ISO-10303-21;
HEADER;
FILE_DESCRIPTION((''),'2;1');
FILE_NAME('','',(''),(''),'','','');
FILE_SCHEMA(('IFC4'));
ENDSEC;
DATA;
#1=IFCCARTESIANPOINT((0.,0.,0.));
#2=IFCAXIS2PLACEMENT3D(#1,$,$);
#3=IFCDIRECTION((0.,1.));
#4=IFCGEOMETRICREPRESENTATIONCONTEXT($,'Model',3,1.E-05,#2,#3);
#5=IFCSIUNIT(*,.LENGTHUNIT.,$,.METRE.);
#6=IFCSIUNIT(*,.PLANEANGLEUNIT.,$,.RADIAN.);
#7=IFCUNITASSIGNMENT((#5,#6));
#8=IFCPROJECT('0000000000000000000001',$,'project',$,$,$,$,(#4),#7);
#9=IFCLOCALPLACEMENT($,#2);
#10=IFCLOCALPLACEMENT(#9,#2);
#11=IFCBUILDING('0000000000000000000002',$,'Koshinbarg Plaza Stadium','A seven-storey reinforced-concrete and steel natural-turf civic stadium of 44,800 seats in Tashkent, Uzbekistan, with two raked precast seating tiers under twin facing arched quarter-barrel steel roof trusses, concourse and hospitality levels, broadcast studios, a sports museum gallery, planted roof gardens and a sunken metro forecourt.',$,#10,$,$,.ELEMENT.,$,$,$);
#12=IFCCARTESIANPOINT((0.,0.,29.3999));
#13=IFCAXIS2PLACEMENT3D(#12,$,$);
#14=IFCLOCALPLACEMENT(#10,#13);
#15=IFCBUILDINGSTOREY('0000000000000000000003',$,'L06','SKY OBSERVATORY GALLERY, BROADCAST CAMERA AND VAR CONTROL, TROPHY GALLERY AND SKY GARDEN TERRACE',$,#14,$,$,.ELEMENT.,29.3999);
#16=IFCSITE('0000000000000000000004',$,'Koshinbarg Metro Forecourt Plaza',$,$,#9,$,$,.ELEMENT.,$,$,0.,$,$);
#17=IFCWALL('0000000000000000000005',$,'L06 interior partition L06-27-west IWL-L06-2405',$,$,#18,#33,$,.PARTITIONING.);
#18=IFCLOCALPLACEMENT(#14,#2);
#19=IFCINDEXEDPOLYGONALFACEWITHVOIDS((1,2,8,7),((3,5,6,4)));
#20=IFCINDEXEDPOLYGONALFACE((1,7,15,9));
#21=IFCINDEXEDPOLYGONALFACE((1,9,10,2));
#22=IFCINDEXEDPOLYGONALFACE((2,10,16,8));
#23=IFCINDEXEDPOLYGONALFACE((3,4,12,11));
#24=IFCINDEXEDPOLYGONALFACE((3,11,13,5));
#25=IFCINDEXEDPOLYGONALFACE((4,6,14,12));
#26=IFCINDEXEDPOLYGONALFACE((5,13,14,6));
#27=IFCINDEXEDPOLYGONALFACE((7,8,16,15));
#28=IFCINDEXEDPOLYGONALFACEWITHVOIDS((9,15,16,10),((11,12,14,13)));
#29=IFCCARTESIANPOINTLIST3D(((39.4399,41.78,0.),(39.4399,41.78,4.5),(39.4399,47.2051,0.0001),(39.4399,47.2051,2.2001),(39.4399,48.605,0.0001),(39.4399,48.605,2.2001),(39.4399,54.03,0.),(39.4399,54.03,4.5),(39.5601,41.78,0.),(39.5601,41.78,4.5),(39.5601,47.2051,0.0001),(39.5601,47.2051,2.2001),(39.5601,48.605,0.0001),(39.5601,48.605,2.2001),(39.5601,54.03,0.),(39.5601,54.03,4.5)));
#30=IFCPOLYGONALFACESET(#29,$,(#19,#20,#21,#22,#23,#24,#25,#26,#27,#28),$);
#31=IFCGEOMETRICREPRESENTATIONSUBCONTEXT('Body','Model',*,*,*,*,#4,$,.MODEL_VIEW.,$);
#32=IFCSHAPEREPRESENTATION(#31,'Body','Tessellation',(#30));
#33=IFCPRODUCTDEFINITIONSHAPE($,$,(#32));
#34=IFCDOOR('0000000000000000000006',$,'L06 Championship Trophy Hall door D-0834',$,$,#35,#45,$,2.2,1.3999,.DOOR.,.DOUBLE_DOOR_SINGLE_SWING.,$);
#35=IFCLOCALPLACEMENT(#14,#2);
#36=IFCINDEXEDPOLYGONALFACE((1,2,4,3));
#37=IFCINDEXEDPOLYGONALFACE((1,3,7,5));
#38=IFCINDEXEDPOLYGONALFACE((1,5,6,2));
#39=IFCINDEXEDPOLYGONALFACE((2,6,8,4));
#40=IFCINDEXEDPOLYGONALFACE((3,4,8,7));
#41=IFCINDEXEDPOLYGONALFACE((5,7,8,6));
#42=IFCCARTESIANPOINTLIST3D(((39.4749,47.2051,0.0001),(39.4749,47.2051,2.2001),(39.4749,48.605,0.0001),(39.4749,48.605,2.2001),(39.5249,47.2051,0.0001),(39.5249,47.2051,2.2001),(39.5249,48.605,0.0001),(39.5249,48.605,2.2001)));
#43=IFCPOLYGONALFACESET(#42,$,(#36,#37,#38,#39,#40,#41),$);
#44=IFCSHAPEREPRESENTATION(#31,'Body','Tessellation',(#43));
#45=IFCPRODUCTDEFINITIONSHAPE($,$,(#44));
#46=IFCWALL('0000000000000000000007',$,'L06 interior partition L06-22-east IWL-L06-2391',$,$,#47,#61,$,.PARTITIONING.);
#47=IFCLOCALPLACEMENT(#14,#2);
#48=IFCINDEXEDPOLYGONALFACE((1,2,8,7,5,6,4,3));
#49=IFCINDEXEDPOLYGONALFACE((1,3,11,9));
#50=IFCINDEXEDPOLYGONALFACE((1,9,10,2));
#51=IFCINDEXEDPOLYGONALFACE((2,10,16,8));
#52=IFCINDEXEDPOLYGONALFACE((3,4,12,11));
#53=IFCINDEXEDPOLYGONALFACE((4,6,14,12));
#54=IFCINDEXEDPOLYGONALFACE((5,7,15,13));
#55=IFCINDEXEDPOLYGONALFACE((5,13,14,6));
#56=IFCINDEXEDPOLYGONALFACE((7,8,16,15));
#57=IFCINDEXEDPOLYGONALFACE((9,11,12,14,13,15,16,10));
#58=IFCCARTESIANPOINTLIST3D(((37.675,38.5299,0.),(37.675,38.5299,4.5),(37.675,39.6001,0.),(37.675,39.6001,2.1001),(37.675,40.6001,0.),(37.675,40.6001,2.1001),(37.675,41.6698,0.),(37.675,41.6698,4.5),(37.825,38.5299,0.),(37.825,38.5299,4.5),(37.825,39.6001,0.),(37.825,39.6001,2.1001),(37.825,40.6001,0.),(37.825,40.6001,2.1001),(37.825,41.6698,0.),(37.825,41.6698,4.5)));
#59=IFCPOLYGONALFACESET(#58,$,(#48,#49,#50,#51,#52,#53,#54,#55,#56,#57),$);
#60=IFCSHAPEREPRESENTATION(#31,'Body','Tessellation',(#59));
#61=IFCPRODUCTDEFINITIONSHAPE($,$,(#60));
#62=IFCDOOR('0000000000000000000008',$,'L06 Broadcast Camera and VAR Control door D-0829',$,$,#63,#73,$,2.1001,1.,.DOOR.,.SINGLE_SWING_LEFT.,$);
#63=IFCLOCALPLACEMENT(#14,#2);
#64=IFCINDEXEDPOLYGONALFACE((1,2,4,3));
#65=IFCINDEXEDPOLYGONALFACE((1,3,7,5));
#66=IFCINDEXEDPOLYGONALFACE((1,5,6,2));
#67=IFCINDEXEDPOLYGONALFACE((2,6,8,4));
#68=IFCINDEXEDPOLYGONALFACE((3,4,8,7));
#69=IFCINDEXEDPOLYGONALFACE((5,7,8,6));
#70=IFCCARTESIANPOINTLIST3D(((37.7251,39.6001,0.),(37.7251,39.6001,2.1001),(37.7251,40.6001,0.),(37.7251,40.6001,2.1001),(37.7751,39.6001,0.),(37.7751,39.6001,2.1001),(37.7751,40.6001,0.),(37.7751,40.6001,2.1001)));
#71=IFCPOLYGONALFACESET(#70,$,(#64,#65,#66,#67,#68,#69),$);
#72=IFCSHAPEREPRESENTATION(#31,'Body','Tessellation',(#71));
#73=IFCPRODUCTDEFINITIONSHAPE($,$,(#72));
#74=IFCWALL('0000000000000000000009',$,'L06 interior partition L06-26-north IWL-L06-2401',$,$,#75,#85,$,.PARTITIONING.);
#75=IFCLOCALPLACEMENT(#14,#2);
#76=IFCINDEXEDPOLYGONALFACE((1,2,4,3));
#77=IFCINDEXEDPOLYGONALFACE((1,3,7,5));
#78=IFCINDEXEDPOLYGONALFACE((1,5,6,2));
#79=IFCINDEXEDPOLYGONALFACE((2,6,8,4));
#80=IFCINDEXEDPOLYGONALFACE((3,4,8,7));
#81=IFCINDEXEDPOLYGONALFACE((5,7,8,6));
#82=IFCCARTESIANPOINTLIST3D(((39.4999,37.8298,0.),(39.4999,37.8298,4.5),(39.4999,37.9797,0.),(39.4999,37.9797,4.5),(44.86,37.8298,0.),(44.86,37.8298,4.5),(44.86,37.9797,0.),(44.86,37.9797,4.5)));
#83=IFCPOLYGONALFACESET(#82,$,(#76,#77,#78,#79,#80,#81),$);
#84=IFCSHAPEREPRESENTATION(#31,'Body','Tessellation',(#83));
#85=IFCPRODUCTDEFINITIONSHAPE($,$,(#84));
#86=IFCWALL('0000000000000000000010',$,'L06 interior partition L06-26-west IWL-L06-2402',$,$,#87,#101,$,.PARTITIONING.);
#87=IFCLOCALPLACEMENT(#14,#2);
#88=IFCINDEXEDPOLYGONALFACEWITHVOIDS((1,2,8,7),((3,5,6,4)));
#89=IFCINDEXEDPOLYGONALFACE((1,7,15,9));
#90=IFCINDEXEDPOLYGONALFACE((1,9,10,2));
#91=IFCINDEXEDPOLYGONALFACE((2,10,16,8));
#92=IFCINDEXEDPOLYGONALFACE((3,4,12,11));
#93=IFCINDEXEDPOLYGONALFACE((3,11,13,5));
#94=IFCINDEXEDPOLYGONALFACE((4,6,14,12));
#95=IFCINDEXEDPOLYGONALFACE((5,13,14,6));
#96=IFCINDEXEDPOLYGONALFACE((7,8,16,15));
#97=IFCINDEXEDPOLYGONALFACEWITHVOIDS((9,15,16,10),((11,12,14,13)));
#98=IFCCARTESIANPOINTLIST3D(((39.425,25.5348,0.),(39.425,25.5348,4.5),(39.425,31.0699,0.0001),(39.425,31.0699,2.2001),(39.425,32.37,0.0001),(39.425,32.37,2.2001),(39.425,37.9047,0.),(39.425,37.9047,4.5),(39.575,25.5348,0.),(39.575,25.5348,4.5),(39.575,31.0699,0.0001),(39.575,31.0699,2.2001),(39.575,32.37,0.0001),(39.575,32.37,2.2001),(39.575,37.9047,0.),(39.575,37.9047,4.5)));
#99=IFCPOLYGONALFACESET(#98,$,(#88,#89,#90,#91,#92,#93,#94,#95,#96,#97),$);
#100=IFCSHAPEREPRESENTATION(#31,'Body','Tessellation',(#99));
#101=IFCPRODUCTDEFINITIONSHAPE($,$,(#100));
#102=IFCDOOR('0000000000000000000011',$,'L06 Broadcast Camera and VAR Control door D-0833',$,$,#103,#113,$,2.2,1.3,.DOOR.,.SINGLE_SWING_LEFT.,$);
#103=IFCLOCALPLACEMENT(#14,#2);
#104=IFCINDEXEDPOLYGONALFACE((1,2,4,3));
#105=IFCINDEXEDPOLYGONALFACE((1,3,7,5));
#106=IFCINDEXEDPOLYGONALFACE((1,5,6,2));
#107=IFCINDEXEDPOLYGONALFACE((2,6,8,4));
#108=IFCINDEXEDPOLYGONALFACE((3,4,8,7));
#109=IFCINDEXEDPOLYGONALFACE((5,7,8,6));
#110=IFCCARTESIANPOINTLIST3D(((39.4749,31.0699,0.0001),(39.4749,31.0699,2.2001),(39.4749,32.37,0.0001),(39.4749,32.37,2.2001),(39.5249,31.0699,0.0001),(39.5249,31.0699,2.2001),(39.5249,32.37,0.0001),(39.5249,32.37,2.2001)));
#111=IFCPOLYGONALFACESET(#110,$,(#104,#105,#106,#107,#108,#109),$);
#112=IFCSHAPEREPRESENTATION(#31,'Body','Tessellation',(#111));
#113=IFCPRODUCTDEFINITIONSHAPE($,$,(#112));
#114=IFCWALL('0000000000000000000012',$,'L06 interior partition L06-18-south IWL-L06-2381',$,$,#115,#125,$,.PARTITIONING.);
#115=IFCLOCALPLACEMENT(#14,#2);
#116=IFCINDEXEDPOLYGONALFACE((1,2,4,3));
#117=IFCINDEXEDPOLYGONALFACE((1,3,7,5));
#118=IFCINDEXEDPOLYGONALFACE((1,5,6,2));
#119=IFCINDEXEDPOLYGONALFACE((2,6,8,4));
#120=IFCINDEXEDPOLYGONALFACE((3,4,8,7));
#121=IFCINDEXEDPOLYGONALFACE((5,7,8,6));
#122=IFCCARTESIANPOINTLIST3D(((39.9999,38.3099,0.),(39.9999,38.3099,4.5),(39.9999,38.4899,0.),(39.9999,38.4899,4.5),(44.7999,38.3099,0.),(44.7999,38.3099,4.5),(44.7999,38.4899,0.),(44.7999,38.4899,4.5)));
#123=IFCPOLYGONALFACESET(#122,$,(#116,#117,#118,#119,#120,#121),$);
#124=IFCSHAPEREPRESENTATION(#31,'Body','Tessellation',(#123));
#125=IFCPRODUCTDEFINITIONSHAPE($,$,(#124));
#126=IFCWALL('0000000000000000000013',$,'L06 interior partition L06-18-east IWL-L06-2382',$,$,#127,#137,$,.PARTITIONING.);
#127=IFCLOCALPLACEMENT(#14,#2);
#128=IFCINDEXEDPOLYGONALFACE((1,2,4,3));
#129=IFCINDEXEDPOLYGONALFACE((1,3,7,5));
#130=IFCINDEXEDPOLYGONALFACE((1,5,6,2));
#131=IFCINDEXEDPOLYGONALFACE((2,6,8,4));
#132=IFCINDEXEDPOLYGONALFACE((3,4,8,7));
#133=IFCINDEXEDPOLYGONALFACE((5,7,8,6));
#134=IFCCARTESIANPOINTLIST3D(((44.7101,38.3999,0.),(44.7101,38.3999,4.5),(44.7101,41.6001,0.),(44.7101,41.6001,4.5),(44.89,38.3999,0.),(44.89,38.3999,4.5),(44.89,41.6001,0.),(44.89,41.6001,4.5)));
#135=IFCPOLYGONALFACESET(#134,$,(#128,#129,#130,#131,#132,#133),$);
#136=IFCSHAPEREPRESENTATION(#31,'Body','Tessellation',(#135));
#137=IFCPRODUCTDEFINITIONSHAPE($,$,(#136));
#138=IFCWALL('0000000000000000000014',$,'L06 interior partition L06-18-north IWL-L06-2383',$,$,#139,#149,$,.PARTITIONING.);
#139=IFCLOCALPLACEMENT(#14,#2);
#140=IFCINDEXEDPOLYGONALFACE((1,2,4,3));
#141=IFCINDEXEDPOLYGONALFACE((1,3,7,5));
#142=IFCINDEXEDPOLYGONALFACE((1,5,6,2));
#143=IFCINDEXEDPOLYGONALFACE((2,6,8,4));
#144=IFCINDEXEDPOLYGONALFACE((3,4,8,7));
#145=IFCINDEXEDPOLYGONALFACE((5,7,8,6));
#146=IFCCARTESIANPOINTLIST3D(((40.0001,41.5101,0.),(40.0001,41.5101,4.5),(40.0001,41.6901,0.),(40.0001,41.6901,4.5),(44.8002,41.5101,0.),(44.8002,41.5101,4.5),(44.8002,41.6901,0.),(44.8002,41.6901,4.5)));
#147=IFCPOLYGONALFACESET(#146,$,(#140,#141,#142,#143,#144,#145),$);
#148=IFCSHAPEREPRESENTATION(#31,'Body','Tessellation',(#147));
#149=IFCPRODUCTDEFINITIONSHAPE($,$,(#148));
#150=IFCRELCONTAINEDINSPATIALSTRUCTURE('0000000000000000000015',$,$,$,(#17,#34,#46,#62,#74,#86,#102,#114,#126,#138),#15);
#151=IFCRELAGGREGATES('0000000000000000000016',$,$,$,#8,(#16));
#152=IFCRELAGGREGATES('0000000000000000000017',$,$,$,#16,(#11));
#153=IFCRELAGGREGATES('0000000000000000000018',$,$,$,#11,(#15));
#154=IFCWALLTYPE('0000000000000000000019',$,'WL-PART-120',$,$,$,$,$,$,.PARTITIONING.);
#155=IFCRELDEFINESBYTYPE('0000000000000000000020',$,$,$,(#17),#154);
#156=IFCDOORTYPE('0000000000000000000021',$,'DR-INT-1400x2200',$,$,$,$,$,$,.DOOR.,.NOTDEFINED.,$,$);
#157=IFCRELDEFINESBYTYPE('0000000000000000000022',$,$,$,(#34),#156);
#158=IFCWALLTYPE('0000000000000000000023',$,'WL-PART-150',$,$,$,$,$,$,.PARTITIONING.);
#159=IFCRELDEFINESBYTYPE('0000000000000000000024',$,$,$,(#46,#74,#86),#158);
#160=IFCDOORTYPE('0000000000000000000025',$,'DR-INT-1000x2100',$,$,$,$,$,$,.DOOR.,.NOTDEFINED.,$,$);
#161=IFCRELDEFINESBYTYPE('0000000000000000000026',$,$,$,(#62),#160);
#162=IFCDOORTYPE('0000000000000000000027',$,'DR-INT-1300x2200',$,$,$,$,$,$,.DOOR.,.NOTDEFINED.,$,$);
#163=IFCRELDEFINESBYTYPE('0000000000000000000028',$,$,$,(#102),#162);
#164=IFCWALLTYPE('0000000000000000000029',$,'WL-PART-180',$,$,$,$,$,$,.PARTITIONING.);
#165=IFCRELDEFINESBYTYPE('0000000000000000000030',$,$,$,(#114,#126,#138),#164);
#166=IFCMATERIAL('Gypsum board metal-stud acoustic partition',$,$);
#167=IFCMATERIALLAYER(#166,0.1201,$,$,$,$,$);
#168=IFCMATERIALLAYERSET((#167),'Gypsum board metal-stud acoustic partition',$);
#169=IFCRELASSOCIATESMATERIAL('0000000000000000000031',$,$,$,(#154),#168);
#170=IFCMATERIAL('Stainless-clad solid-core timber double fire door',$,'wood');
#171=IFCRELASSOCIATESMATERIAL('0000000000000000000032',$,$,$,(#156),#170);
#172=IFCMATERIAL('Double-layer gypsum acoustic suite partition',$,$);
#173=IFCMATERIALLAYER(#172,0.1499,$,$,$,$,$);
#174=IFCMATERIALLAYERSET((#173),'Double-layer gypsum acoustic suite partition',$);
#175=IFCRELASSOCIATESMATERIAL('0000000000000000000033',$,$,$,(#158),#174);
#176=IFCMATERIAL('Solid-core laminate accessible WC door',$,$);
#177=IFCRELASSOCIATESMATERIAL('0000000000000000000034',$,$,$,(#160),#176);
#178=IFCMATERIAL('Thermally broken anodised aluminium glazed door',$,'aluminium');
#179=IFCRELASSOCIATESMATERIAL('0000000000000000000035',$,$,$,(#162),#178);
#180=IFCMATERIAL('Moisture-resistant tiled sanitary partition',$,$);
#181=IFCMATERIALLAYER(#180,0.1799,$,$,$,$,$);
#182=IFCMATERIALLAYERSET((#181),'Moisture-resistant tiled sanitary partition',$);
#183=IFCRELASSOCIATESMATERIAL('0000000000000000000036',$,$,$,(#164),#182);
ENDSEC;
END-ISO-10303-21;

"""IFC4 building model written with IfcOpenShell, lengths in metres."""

from ifc_helpers import new_model, si_unit, direction, frame, frame_2d, origin, place, context, subcontext, project, spatial, rectangle, extrude, material, layer, layer_set, type_object, element, fill, save


model = new_model("IFC4")

# Units and contexts
model_context = context("Model", 3, precision=1e-05, world=origin(), true_north=direction((0.0, 1.0)))
body_context = subcontext(model_context, "Body", "Model", "MODEL_VIEW")
ifc_project = project(units=[si_unit("LENGTHUNIT", "METRE"), si_unit("PLANEANGLEUNIT", "RADIAN")], contexts=[model_context])

# Site, building, storey
site_placement = place(None, origin())
site = spatial("IfcSite", under=ifc_project, at=site_placement, Name="Koshinbarg Metro Forecourt Plaza", CompositionType="ELEMENT", RefElevation=0.0)
building_placement = place(site_placement, origin())
building = spatial("IfcBuilding", under=site, at=building_placement, Name="Koshinbarg Plaza Stadium", Description="A seven-storey reinforced-concrete and steel natural-turf civic stadium of 44,800 seats in Tashkent, Uzbekistan, with two raked precast seating tiers under twin facing arched quarter-barrel steel roof trusses, concourse and hospitality levels, broadcast studios, a sports museum gallery, planted roof gardens and a sunken metro forecourt.", CompositionType="ELEMENT")
storey_placement = place(building_placement, frame((0.0, 0.0, 29.3999)))
storey = spatial("IfcBuildingStorey", under=building, at=storey_placement, Name="L06", Description="SKY OBSERVATORY GALLERY, BROADCAST CAMERA AND VAR CONTROL, TROPHY GALLERY AND SKY GARDEN TERRACE", CompositionType="ELEMENT", Elevation=29.3999)

# Shared definitions
ifc_material_1 = material(Name="Gypsum board metal-stud acoustic partition")
ifc_layer_1 = layer(ifc_material_1, 0.1201)
ifc_layer_set_1 = layer_set([ifc_layer_1], Name="Gypsum board metal-stud acoustic partition")
wall_type_1 = type_object("IfcWallType", Name="WL-PART-120", PredefinedType="PARTITIONING", material=ifc_layer_set_1)

# Walls, openings, doors
wall_1_placement = place(storey_placement, frame((39.5, 54.03, 0.0), z_axis=(0.0, 0.0, 1.0), x_axis=(0.0, -1.0, 0.0)))
wall_1 = element("IfcWall", 1, at=wall_1_placement, inside=storey, type_object=wall_type_1, Name="L06 interior partition L06-27-west IWL-L06-2405", PredefinedType="PARTITIONING", context=body_context, shape_type="SweptSolid", body=[
    extrude(rectangle(XDim=12.25, YDim=0.1201, at=frame_2d((6.125, 0.0))), origin(), (0.0, 0.0, 1.0), 4.5),
])
opening_1_placement = place(wall_1_placement, frame((5.425, 0.0, 0.0)))
opening_1 = element("IfcOpeningElement", 2, at=opening_1_placement, cuts=wall_1, PredefinedType="OPENING", context=body_context, shape_type="SweptSolid", body=[
    extrude(rectangle(XDim=1.3999, YDim=2.2, at=frame_2d((0.7, 1.1001))), frame((0.0, 0.0701, 0.0), z_axis=(0.0, -1.0, 0.0), x_axis=(1.0, 0.0, 0.0)), (0.0, 0.0, 1.0), 0.1401),
])
ifc_material_2 = material(Name="Stainless-clad solid-core timber double fire door", Category="wood")
door_type_1 = type_object("IfcDoorType", Name="DR-INT-1400x2200", OperationType="NOTDEFINED", PredefinedType="DOOR", material=ifc_material_2)
door_1_placement = place(opening_1_placement, origin())
door_1 = element("IfcDoor", 3, at=door_1_placement, inside=storey, type_object=door_type_1, Name="L06 Championship Trophy Hall door D-0834", OperationType="DOUBLE_DOOR_SINGLE_SWING", OverallHeight=2.2, OverallWidth=1.3999, PredefinedType="DOOR", context=body_context, shape_type="SweptSolid", body=[
    extrude(rectangle(XDim=1.3999, YDim=2.2, at=frame_2d((0.7, 1.1001))), frame((0.0, 0.0249, 0.0), z_axis=(0.0, -1.0, 0.0), x_axis=(1.0, 0.0, 0.0)), (0.0, 0.0, 1.0), 0.05),
])
fill(opening_1, door_1)
ifc_material_3 = material(Name="Double-layer gypsum acoustic suite partition")
ifc_layer_2 = layer(ifc_material_3, 0.1499)
ifc_layer_set_2 = layer_set([ifc_layer_2], Name="Double-layer gypsum acoustic suite partition")
wall_type_2 = type_object("IfcWallType", Name="WL-PART-150", PredefinedType="PARTITIONING", material=ifc_layer_set_2)
wall_2_placement = place(storey_placement, frame((37.75, 38.53, 0.0), z_axis=(0.0, 0.0, 1.0), x_axis=(0.0, 1.0, 0.0)))
wall_2 = element("IfcWall", 4, at=wall_2_placement, inside=storey, type_object=wall_type_2, Name="L06 interior partition L06-22-east IWL-L06-2391", PredefinedType="PARTITIONING", context=body_context, shape_type="SweptSolid", body=[
    extrude(rectangle(XDim=3.1399, YDim=0.1499, at=frame_2d((1.5698, 0.0))), origin(), (0.0, 0.0, 1.0), 4.5),
])
opening_2_placement = place(wall_2_placement, frame((1.0701, 0.0, 0.0)))
opening_2 = element("IfcOpeningElement", 5, at=opening_2_placement, cuts=wall_2, PredefinedType="OPENING", context=body_context, shape_type="SweptSolid", body=[
    extrude(rectangle(XDim=1.0, YDim=2.1001, at=frame_2d((0.5, 1.05))), frame((0.0, 0.085, 0.0), z_axis=(0.0, -1.0, 0.0), x_axis=(1.0, 0.0, 0.0)), (0.0, 0.0, 1.0), 0.1699),
])
ifc_material_4 = material(Name="Solid-core laminate accessible WC door")
door_type_2 = type_object("IfcDoorType", Name="DR-INT-1000x2100", OperationType="NOTDEFINED", PredefinedType="DOOR", material=ifc_material_4)
door_2_placement = place(opening_2_placement, origin())
door_2 = element("IfcDoor", 6, at=door_2_placement, inside=storey, type_object=door_type_2, Name="L06 Broadcast Camera and VAR Control door D-0829", OperationType="SINGLE_SWING_LEFT", OverallHeight=2.1001, OverallWidth=1.0, PredefinedType="DOOR", context=body_context, shape_type="SweptSolid", body=[
    extrude(rectangle(XDim=1.0, YDim=2.1001, at=frame_2d((0.5, 1.05))), frame((0.0, 0.0249, 0.0), z_axis=(0.0, -1.0, 0.0), x_axis=(1.0, 0.0, 0.0)), (0.0, 0.0, 1.0), 0.05),
])
fill(opening_2, door_2)

# Wall
wall_3_placement = place(storey_placement, frame((44.8601, 37.9048, 0.0), z_axis=(0.0, 0.0, 1.0), x_axis=(-1.0, 0.0, 0.0)))
element("IfcWall", 7, at=wall_3_placement, inside=storey, type_object=wall_type_2, Name="L06 interior partition L06-26-north IWL-L06-2401", PredefinedType="PARTITIONING", context=body_context, shape_type="SweptSolid", body=[
    extrude(rectangle(XDim=5.3601, YDim=0.1499, at=frame_2d((2.6802, 0.0))), origin(), (0.0, 0.0, 1.0), 4.5),
])

# Wall, opening, door
wall_4_placement = place(storey_placement, frame((39.5, 37.9048, 0.0), z_axis=(0.0, 0.0, 1.0), x_axis=(0.0, -1.0, 0.0)))
wall_4 = element("IfcWall", 8, at=wall_4_placement, inside=storey, type_object=wall_type_2, Name="L06 interior partition L06-26-west IWL-L06-2402", PredefinedType="PARTITIONING", context=body_context, shape_type="SweptSolid", body=[
    extrude(rectangle(XDim=12.3699, YDim=0.1499, at=frame_2d((6.1851, 0.0))), origin(), (0.0, 0.0, 1.0), 4.5),
])
opening_3_placement = place(wall_4_placement, frame((5.5349, 0.0, 0.0)))
opening_3 = element("IfcOpeningElement", 9, at=opening_3_placement, cuts=wall_4, PredefinedType="OPENING", context=body_context, shape_type="SweptSolid", body=[
    extrude(rectangle(XDim=1.3, YDim=2.2, at=frame_2d((0.6499, 1.1001))), frame((0.0, 0.085, 0.0), z_axis=(0.0, -1.0, 0.0), x_axis=(1.0, 0.0, 0.0)), (0.0, 0.0, 1.0), 0.1699),
])
ifc_material_5 = material(Name="Thermally broken anodised aluminium glazed door", Category="aluminium")
door_type_3 = type_object("IfcDoorType", Name="DR-INT-1300x2200", OperationType="NOTDEFINED", PredefinedType="DOOR", material=ifc_material_5)
door_3_placement = place(opening_3_placement, origin())
door_3 = element("IfcDoor", 10, at=door_3_placement, inside=storey, type_object=door_type_3, Name="L06 Broadcast Camera and VAR Control door D-0833", OperationType="SINGLE_SWING_LEFT", OverallHeight=2.2, OverallWidth=1.3, PredefinedType="DOOR", context=body_context, shape_type="SweptSolid", body=[
    extrude(rectangle(XDim=1.3, YDim=2.2, at=frame_2d((0.6499, 1.1001))), frame((0.0, 0.0249, 0.0), z_axis=(0.0, -1.0, 0.0), x_axis=(1.0, 0.0, 0.0)), (0.0, 0.0, 1.0), 0.05),
])
fill(opening_3, door_3)

# Walls
ifc_material_6 = material(Name="Moisture-resistant tiled sanitary partition")
ifc_layer_3 = layer(ifc_material_6, 0.1799)
ifc_layer_set_3 = layer_set([ifc_layer_3], Name="Moisture-resistant tiled sanitary partition")
wall_type_3 = type_object("IfcWallType", Name="WL-PART-180", PredefinedType="PARTITIONING", material=ifc_layer_set_3)
wall_5_placement = place(storey_placement, frame((40.0, 38.3999, 0.0), z_axis=(0.0, 0.0, 1.0), x_axis=(1.0, 0.0, 0.0)))
element("IfcWall", 11, at=wall_5_placement, inside=storey, type_object=wall_type_3, Name="L06 interior partition L06-18-south IWL-L06-2381", PredefinedType="PARTITIONING", context=body_context, shape_type="SweptSolid", body=[
    extrude(rectangle(XDim=4.8, YDim=0.1799, at=frame_2d((2.3999, 0.0))), origin(), (0.0, 0.0, 1.0), 4.5),
])
wall_6_placement = place(storey_placement, frame((44.8, 38.3999, 0.0), z_axis=(0.0, 0.0, 1.0), x_axis=(0.0, 1.0, 0.0)))
element("IfcWall", 12, at=wall_6_placement, inside=storey, type_object=wall_type_3, Name="L06 interior partition L06-18-east IWL-L06-2382", PredefinedType="PARTITIONING", context=body_context, shape_type="SweptSolid", body=[
    extrude(rectangle(XDim=3.2002, YDim=0.1799, at=frame_2d((1.6001, 0.0))), origin(), (0.0, 0.0, 1.0), 4.5),
])
wall_7_placement = place(storey_placement, frame((44.8, 41.6001, 0.0), z_axis=(0.0, 0.0, 1.0), x_axis=(-1.0, 0.0, 0.0)))
element("IfcWall", 13, at=wall_7_placement, inside=storey, type_object=wall_type_3, Name="L06 interior partition L06-18-north IWL-L06-2383", PredefinedType="PARTITIONING", context=body_context, shape_type="SweptSolid", body=[
    extrude(rectangle(XDim=4.8, YDim=0.1799, at=frame_2d((2.3999, 0.0))), origin(), (0.0, 0.0, 1.0), 4.5),
])

save(model, "model.ifc")
